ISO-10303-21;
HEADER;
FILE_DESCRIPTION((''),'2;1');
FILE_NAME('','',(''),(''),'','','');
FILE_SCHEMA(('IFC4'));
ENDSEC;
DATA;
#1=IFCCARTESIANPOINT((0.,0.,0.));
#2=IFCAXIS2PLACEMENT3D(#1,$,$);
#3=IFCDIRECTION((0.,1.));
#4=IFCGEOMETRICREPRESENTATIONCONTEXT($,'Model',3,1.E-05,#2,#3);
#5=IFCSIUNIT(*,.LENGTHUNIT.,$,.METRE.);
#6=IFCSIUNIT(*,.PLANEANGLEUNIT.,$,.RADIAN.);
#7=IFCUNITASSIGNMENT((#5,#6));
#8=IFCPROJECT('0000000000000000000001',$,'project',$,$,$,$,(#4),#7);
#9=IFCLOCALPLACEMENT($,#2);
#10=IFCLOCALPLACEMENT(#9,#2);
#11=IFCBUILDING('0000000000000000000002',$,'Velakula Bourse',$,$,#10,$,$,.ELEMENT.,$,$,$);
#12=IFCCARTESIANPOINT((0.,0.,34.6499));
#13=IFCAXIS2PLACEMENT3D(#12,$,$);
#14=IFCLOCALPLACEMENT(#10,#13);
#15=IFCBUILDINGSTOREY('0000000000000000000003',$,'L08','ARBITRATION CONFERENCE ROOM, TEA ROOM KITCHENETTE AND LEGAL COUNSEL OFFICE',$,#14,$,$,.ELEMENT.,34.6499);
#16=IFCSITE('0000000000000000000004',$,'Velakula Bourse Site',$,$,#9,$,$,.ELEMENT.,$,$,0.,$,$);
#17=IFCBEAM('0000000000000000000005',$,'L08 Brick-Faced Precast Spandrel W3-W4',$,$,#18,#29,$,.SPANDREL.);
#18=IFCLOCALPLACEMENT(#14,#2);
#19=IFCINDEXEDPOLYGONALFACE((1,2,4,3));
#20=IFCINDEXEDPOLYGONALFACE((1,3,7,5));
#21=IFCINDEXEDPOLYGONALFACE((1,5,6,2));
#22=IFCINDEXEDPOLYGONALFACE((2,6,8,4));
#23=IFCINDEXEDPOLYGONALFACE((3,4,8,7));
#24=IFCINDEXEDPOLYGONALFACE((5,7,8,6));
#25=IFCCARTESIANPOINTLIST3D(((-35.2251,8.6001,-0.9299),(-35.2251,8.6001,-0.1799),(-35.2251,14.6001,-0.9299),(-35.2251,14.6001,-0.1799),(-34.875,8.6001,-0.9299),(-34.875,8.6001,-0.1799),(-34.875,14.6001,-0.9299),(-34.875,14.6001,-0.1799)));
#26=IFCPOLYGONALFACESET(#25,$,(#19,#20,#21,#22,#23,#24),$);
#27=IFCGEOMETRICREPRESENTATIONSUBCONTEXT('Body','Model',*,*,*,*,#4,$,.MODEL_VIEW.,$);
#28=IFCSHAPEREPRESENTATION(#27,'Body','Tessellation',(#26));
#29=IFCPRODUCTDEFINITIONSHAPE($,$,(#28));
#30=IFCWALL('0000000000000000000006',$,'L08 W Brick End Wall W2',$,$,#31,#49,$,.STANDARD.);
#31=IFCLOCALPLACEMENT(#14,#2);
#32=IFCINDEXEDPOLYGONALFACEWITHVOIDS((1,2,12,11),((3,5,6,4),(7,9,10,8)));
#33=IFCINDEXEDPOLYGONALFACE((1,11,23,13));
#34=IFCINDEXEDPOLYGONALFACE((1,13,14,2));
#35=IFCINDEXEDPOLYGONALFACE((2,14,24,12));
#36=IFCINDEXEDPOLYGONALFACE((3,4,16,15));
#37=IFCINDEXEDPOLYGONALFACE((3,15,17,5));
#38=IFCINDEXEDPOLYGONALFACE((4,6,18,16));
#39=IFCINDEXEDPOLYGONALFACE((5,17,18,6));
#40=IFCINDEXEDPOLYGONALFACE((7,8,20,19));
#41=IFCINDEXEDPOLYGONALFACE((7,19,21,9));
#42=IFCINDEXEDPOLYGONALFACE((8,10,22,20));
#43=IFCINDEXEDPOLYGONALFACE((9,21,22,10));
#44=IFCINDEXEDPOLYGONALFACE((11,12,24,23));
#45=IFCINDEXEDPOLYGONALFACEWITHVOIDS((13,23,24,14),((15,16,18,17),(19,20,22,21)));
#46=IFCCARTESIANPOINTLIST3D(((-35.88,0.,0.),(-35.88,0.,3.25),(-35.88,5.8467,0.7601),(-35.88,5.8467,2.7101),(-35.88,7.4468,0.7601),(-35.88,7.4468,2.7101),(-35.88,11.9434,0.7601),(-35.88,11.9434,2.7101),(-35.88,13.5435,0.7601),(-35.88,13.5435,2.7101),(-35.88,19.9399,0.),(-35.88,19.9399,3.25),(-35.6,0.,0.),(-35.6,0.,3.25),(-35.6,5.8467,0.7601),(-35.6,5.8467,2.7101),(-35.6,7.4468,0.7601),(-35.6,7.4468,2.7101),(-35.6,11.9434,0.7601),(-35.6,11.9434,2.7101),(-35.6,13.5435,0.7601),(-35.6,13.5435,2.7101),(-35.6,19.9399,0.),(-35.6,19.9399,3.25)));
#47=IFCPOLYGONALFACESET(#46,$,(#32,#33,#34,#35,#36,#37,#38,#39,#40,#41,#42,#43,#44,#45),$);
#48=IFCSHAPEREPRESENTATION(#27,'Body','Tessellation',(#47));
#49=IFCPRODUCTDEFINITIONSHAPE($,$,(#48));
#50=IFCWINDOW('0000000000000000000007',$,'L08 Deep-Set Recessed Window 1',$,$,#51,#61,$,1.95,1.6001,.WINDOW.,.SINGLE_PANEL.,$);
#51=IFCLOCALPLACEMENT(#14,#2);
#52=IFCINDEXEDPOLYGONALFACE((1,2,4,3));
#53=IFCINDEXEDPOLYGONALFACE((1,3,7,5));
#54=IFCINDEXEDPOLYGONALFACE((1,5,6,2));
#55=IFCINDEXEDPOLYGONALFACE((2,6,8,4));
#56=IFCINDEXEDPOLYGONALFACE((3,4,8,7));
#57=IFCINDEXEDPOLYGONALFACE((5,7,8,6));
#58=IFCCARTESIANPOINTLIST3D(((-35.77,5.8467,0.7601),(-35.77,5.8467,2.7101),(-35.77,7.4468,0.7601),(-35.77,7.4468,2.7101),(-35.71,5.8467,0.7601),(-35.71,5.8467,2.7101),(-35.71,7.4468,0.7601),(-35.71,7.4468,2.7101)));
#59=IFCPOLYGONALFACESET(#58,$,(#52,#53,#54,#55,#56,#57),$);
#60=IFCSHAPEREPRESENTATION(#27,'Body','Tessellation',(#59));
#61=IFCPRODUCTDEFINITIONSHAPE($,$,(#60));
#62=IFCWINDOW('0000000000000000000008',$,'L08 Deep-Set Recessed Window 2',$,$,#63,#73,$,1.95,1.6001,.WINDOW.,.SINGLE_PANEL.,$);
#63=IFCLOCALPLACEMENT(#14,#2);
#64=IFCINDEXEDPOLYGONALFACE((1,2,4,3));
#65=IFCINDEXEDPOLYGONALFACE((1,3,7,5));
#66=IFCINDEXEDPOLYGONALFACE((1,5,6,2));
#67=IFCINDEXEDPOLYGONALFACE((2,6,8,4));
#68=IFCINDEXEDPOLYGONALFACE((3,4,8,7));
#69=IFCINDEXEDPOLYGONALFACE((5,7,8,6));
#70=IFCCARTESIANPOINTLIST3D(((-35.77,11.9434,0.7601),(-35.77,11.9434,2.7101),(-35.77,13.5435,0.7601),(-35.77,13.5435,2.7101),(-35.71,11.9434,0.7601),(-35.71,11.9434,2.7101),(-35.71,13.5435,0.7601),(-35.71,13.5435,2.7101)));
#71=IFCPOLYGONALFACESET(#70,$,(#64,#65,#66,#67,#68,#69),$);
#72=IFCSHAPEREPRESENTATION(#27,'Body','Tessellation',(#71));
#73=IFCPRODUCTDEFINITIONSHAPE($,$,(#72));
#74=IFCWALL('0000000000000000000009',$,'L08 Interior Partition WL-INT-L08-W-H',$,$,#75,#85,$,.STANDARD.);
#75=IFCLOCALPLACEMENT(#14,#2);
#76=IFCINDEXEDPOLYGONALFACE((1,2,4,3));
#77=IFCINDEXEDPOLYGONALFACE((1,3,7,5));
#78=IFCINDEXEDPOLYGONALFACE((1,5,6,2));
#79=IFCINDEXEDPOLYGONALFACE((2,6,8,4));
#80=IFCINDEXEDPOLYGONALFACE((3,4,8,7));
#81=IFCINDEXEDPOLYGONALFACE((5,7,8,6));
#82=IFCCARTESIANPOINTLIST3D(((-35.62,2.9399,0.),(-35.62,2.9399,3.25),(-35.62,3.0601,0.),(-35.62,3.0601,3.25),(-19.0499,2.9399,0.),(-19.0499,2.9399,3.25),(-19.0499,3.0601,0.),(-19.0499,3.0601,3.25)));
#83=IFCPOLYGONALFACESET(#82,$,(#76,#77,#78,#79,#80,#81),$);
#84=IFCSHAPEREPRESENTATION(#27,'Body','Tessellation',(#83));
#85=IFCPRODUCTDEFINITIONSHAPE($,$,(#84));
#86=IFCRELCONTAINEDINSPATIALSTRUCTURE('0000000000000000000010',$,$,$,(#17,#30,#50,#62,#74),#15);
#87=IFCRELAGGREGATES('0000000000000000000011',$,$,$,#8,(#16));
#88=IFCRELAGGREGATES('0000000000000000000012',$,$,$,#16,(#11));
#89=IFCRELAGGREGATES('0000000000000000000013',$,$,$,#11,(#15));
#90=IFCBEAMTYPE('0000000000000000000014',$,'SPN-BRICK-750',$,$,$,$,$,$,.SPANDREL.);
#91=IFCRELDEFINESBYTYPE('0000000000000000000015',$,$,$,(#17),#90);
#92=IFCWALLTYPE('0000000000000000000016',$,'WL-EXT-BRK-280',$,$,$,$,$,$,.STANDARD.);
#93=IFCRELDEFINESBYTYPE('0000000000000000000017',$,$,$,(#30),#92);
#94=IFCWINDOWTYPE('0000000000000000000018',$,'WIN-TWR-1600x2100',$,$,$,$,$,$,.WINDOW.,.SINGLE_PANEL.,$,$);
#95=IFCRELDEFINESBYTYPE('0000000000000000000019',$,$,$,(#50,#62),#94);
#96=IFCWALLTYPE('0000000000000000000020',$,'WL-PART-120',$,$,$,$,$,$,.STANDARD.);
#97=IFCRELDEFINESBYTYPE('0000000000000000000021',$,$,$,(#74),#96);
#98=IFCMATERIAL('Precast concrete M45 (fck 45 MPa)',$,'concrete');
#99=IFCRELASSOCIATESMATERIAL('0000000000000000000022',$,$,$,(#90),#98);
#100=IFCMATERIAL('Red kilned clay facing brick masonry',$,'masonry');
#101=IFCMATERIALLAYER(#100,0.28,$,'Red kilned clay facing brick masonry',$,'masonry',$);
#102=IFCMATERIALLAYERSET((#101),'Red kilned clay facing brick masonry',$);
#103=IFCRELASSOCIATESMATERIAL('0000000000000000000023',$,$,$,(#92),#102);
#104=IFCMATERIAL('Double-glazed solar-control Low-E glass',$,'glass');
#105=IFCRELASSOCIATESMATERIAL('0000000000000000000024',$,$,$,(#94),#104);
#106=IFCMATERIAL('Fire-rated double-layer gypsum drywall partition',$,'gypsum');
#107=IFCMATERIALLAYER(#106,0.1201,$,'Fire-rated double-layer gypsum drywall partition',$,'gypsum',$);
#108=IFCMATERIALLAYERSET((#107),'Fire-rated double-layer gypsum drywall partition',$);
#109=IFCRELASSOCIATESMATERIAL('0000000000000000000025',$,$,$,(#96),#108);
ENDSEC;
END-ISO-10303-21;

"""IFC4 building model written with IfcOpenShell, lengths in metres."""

from ifc_helpers import new_model, si_unit, direction, frame, frame_2d, origin, origin_2d, place, context, subcontext, project, spatial, rectangle, extrude, material, layer, layer_set, material_profile, profile_set, type_object, element, fill, save


model = new_model("IFC4")

# Units and contexts
model_context = context("Model", 3, precision=1e-05, world=origin(), true_north=direction((0.0, 1.0)))
body_context = subcontext(model_context, "Body", "Model", "MODEL_VIEW")
ifc_project = project(units=[si_unit("LENGTHUNIT", "METRE"), si_unit("PLANEANGLEUNIT", "RADIAN")], contexts=[model_context])

# Site, building, storey
site_placement = place(None, origin())
site = spatial("IfcSite", under=ifc_project, at=site_placement, Name="Velakula Bourse Site", CompositionType="ELEMENT", RefElevation=0.0)
building_placement = place(site_placement, origin())
building = spatial("IfcBuilding", under=site, at=building_placement, Name="Velakula Bourse", CompositionType="ELEMENT")
storey_placement = place(building_placement, frame((0.0, 0.0, 34.6499)))
storey = spatial("IfcBuildingStorey", under=building, at=storey_placement, Name="L08", Description="ARBITRATION CONFERENCE ROOM, TEA ROOM KITCHENETTE AND LEGAL COUNSEL OFFICE", CompositionType="ELEMENT", Elevation=34.6499)

# Beam
ifc_material_1 = material(Name="Precast concrete M45 (fck 45 MPa)", Category="concrete")
ifc_material_profile_1 = material_profile(ifc_material_1, rectangle(XDim=0.3501, YDim=0.75, at=origin_2d()), Name="Precast concrete M45 (fck 45 MPa)")
ifc_profile_set_1 = profile_set([ifc_material_profile_1], Name="Precast concrete M45 (fck 45 MPa)")
beam_type_1 = type_object("IfcBeamType", Name="SPN-BRICK-750", PredefinedType="SPANDREL", material=ifc_profile_set_1)
beam_1_placement = place(storey_placement, frame((-35.05, 8.6001, -0.5549), z_axis=(0.0, 1.0, 0.0), x_axis=(-1.0, 0.0, 0.0)))
element("IfcBeam", 1, at=beam_1_placement, inside=storey, type_object=beam_type_1, Name="L08 Brick-Faced Precast Spandrel W3-W4", PredefinedType="SPANDREL", context=body_context, shape_type="SweptSolid", body=[
    extrude(rectangle(XDim=0.3501, YDim=0.75, at=origin_2d()), origin(), (0.0, 0.0, 1.0), 6.0),
])

# Wall, openings, windows
ifc_material_2 = material(Name="Red kilned clay facing brick masonry", Category="masonry")
ifc_layer_1 = layer(ifc_material_2, 0.28, Name="Red kilned clay facing brick masonry", Category="masonry")
ifc_layer_set_1 = layer_set([ifc_layer_1], Name="Red kilned clay facing brick masonry")
wall_type_1 = type_object("IfcWallType", Name="WL-EXT-BRK-280", PredefinedType="STANDARD", material=ifc_layer_set_1)
wall_1_placement = place(storey_placement, frame((-35.74, 0.0, 0.0), z_axis=(0.0, 0.0, 1.0), x_axis=(0.0, 1.0, 0.0)))
wall_1 = element("IfcWall", 2, at=wall_1_placement, inside=storey, type_object=wall_type_1, Name="L08 W Brick End Wall W2", PredefinedType="STANDARD", context=body_context, shape_type="SweptSolid", body=[
    extrude(rectangle(XDim=19.9399, YDim=0.28, at=frame_2d((9.97, 0.0))), origin(), (0.0, 0.0, 1.0), 3.25),
])
opening_1_placement = place(wall_1_placement, frame((5.8467, 0.0, 0.76)))
opening_1 = element("IfcOpeningElement", 3, at=opening_1_placement, cuts=wall_1, PredefinedType="OPENING", context=body_context, shape_type="SweptSolid", body=[
    extrude(rectangle(XDim=1.6001, YDim=1.95, at=frame_2d((0.8, 0.9751))), frame((0.0, 0.1499, 0.0), z_axis=(0.0, -1.0, 0.0), x_axis=(1.0, 0.0, 0.0)), (0.0, 0.0, 1.0), 0.3),
])
opening_2_placement = place(wall_1_placement, frame((11.9434, 0.0, 0.76)))
opening_2 = element("IfcOpeningElement", 4, at=opening_2_placement, cuts=wall_1, PredefinedType="OPENING", context=body_context, shape_type="SweptSolid", body=[
    extrude(rectangle(XDim=1.6001, YDim=1.95, at=frame_2d((0.8, 0.9751))), frame((0.0, 0.1499, 0.0), z_axis=(0.0, -1.0, 0.0), x_axis=(1.0, 0.0, 0.0)), (0.0, 0.0, 1.0), 0.3),
])
ifc_material_3 = material(Name="Double-glazed solar-control Low-E glass", Category="glass")
window_type = type_object("IfcWindowType", Name="WIN-TWR-1600x2100", PartitioningType="SINGLE_PANEL", PredefinedType="WINDOW", material=ifc_material_3)
window_1_placement = place(opening_1_placement, origin())
window_1 = element("IfcWindow", 5, at=window_1_placement, inside=storey, type_object=window_type, Name="L08 Deep-Set Recessed Window 1", OverallHeight=1.95, OverallWidth=1.6001, PartitioningType="SINGLE_PANEL", PredefinedType="WINDOW", context=body_context, shape_type="SweptSolid", body=[
    extrude(rectangle(XDim=1.6001, YDim=1.95, at=frame_2d((0.8, 0.9751))), frame((0.0, 0.03, 0.0), z_axis=(0.0, -1.0, 0.0), x_axis=(1.0, 0.0, 0.0)), (0.0, 0.0, 1.0), 0.0601),
])
fill(opening_1, window_1)
window_2_placement = place(opening_2_placement, origin())
window_2 = element("IfcWindow", 6, at=window_2_placement, inside=storey, type_object=window_type, Name="L08 Deep-Set Recessed Window 2", OverallHeight=1.95, OverallWidth=1.6001, PartitioningType="SINGLE_PANEL", PredefinedType="WINDOW", context=body_context, shape_type="SweptSolid", body=[
    extrude(rectangle(XDim=1.6001, YDim=1.95, at=frame_2d((0.8, 0.9751))), frame((0.0, 0.03, 0.0), z_axis=(0.0, -1.0, 0.0), x_axis=(1.0, 0.0, 0.0)), (0.0, 0.0, 1.0), 0.0601),
])
fill(opening_2, window_2)

# Wall
ifc_material_4 = material(Name="Fire-rated double-layer gypsum drywall partition", Category="gypsum")
ifc_layer_2 = layer(ifc_material_4, 0.1201, Name="Fire-rated double-layer gypsum drywall partition", Category="gypsum")
ifc_layer_set_2 = layer_set([ifc_layer_2], Name="Fire-rated double-layer gypsum drywall partition")
wall_type_2 = type_object("IfcWallType", Name="WL-PART-120", PredefinedType="STANDARD", material=ifc_layer_set_2)
wall_2_placement = place(storey_placement, frame((-35.6201, 3.0, 0.0), z_axis=(0.0, 0.0, 1.0), x_axis=(1.0, 0.0, 0.0)))
element("IfcWall", 7, at=wall_2_placement, inside=storey, type_object=wall_type_2, Name="L08 Interior Partition WL-INT-L08-W-H", PredefinedType="STANDARD", context=body_context, shape_type="SweptSolid", body=[
    extrude(rectangle(XDim=16.5701, YDim=0.1201, at=frame_2d((8.2852, 0.0))), origin(), (0.0, 0.0, 1.0), 3.25),
])

save(model, "model.ifc")
